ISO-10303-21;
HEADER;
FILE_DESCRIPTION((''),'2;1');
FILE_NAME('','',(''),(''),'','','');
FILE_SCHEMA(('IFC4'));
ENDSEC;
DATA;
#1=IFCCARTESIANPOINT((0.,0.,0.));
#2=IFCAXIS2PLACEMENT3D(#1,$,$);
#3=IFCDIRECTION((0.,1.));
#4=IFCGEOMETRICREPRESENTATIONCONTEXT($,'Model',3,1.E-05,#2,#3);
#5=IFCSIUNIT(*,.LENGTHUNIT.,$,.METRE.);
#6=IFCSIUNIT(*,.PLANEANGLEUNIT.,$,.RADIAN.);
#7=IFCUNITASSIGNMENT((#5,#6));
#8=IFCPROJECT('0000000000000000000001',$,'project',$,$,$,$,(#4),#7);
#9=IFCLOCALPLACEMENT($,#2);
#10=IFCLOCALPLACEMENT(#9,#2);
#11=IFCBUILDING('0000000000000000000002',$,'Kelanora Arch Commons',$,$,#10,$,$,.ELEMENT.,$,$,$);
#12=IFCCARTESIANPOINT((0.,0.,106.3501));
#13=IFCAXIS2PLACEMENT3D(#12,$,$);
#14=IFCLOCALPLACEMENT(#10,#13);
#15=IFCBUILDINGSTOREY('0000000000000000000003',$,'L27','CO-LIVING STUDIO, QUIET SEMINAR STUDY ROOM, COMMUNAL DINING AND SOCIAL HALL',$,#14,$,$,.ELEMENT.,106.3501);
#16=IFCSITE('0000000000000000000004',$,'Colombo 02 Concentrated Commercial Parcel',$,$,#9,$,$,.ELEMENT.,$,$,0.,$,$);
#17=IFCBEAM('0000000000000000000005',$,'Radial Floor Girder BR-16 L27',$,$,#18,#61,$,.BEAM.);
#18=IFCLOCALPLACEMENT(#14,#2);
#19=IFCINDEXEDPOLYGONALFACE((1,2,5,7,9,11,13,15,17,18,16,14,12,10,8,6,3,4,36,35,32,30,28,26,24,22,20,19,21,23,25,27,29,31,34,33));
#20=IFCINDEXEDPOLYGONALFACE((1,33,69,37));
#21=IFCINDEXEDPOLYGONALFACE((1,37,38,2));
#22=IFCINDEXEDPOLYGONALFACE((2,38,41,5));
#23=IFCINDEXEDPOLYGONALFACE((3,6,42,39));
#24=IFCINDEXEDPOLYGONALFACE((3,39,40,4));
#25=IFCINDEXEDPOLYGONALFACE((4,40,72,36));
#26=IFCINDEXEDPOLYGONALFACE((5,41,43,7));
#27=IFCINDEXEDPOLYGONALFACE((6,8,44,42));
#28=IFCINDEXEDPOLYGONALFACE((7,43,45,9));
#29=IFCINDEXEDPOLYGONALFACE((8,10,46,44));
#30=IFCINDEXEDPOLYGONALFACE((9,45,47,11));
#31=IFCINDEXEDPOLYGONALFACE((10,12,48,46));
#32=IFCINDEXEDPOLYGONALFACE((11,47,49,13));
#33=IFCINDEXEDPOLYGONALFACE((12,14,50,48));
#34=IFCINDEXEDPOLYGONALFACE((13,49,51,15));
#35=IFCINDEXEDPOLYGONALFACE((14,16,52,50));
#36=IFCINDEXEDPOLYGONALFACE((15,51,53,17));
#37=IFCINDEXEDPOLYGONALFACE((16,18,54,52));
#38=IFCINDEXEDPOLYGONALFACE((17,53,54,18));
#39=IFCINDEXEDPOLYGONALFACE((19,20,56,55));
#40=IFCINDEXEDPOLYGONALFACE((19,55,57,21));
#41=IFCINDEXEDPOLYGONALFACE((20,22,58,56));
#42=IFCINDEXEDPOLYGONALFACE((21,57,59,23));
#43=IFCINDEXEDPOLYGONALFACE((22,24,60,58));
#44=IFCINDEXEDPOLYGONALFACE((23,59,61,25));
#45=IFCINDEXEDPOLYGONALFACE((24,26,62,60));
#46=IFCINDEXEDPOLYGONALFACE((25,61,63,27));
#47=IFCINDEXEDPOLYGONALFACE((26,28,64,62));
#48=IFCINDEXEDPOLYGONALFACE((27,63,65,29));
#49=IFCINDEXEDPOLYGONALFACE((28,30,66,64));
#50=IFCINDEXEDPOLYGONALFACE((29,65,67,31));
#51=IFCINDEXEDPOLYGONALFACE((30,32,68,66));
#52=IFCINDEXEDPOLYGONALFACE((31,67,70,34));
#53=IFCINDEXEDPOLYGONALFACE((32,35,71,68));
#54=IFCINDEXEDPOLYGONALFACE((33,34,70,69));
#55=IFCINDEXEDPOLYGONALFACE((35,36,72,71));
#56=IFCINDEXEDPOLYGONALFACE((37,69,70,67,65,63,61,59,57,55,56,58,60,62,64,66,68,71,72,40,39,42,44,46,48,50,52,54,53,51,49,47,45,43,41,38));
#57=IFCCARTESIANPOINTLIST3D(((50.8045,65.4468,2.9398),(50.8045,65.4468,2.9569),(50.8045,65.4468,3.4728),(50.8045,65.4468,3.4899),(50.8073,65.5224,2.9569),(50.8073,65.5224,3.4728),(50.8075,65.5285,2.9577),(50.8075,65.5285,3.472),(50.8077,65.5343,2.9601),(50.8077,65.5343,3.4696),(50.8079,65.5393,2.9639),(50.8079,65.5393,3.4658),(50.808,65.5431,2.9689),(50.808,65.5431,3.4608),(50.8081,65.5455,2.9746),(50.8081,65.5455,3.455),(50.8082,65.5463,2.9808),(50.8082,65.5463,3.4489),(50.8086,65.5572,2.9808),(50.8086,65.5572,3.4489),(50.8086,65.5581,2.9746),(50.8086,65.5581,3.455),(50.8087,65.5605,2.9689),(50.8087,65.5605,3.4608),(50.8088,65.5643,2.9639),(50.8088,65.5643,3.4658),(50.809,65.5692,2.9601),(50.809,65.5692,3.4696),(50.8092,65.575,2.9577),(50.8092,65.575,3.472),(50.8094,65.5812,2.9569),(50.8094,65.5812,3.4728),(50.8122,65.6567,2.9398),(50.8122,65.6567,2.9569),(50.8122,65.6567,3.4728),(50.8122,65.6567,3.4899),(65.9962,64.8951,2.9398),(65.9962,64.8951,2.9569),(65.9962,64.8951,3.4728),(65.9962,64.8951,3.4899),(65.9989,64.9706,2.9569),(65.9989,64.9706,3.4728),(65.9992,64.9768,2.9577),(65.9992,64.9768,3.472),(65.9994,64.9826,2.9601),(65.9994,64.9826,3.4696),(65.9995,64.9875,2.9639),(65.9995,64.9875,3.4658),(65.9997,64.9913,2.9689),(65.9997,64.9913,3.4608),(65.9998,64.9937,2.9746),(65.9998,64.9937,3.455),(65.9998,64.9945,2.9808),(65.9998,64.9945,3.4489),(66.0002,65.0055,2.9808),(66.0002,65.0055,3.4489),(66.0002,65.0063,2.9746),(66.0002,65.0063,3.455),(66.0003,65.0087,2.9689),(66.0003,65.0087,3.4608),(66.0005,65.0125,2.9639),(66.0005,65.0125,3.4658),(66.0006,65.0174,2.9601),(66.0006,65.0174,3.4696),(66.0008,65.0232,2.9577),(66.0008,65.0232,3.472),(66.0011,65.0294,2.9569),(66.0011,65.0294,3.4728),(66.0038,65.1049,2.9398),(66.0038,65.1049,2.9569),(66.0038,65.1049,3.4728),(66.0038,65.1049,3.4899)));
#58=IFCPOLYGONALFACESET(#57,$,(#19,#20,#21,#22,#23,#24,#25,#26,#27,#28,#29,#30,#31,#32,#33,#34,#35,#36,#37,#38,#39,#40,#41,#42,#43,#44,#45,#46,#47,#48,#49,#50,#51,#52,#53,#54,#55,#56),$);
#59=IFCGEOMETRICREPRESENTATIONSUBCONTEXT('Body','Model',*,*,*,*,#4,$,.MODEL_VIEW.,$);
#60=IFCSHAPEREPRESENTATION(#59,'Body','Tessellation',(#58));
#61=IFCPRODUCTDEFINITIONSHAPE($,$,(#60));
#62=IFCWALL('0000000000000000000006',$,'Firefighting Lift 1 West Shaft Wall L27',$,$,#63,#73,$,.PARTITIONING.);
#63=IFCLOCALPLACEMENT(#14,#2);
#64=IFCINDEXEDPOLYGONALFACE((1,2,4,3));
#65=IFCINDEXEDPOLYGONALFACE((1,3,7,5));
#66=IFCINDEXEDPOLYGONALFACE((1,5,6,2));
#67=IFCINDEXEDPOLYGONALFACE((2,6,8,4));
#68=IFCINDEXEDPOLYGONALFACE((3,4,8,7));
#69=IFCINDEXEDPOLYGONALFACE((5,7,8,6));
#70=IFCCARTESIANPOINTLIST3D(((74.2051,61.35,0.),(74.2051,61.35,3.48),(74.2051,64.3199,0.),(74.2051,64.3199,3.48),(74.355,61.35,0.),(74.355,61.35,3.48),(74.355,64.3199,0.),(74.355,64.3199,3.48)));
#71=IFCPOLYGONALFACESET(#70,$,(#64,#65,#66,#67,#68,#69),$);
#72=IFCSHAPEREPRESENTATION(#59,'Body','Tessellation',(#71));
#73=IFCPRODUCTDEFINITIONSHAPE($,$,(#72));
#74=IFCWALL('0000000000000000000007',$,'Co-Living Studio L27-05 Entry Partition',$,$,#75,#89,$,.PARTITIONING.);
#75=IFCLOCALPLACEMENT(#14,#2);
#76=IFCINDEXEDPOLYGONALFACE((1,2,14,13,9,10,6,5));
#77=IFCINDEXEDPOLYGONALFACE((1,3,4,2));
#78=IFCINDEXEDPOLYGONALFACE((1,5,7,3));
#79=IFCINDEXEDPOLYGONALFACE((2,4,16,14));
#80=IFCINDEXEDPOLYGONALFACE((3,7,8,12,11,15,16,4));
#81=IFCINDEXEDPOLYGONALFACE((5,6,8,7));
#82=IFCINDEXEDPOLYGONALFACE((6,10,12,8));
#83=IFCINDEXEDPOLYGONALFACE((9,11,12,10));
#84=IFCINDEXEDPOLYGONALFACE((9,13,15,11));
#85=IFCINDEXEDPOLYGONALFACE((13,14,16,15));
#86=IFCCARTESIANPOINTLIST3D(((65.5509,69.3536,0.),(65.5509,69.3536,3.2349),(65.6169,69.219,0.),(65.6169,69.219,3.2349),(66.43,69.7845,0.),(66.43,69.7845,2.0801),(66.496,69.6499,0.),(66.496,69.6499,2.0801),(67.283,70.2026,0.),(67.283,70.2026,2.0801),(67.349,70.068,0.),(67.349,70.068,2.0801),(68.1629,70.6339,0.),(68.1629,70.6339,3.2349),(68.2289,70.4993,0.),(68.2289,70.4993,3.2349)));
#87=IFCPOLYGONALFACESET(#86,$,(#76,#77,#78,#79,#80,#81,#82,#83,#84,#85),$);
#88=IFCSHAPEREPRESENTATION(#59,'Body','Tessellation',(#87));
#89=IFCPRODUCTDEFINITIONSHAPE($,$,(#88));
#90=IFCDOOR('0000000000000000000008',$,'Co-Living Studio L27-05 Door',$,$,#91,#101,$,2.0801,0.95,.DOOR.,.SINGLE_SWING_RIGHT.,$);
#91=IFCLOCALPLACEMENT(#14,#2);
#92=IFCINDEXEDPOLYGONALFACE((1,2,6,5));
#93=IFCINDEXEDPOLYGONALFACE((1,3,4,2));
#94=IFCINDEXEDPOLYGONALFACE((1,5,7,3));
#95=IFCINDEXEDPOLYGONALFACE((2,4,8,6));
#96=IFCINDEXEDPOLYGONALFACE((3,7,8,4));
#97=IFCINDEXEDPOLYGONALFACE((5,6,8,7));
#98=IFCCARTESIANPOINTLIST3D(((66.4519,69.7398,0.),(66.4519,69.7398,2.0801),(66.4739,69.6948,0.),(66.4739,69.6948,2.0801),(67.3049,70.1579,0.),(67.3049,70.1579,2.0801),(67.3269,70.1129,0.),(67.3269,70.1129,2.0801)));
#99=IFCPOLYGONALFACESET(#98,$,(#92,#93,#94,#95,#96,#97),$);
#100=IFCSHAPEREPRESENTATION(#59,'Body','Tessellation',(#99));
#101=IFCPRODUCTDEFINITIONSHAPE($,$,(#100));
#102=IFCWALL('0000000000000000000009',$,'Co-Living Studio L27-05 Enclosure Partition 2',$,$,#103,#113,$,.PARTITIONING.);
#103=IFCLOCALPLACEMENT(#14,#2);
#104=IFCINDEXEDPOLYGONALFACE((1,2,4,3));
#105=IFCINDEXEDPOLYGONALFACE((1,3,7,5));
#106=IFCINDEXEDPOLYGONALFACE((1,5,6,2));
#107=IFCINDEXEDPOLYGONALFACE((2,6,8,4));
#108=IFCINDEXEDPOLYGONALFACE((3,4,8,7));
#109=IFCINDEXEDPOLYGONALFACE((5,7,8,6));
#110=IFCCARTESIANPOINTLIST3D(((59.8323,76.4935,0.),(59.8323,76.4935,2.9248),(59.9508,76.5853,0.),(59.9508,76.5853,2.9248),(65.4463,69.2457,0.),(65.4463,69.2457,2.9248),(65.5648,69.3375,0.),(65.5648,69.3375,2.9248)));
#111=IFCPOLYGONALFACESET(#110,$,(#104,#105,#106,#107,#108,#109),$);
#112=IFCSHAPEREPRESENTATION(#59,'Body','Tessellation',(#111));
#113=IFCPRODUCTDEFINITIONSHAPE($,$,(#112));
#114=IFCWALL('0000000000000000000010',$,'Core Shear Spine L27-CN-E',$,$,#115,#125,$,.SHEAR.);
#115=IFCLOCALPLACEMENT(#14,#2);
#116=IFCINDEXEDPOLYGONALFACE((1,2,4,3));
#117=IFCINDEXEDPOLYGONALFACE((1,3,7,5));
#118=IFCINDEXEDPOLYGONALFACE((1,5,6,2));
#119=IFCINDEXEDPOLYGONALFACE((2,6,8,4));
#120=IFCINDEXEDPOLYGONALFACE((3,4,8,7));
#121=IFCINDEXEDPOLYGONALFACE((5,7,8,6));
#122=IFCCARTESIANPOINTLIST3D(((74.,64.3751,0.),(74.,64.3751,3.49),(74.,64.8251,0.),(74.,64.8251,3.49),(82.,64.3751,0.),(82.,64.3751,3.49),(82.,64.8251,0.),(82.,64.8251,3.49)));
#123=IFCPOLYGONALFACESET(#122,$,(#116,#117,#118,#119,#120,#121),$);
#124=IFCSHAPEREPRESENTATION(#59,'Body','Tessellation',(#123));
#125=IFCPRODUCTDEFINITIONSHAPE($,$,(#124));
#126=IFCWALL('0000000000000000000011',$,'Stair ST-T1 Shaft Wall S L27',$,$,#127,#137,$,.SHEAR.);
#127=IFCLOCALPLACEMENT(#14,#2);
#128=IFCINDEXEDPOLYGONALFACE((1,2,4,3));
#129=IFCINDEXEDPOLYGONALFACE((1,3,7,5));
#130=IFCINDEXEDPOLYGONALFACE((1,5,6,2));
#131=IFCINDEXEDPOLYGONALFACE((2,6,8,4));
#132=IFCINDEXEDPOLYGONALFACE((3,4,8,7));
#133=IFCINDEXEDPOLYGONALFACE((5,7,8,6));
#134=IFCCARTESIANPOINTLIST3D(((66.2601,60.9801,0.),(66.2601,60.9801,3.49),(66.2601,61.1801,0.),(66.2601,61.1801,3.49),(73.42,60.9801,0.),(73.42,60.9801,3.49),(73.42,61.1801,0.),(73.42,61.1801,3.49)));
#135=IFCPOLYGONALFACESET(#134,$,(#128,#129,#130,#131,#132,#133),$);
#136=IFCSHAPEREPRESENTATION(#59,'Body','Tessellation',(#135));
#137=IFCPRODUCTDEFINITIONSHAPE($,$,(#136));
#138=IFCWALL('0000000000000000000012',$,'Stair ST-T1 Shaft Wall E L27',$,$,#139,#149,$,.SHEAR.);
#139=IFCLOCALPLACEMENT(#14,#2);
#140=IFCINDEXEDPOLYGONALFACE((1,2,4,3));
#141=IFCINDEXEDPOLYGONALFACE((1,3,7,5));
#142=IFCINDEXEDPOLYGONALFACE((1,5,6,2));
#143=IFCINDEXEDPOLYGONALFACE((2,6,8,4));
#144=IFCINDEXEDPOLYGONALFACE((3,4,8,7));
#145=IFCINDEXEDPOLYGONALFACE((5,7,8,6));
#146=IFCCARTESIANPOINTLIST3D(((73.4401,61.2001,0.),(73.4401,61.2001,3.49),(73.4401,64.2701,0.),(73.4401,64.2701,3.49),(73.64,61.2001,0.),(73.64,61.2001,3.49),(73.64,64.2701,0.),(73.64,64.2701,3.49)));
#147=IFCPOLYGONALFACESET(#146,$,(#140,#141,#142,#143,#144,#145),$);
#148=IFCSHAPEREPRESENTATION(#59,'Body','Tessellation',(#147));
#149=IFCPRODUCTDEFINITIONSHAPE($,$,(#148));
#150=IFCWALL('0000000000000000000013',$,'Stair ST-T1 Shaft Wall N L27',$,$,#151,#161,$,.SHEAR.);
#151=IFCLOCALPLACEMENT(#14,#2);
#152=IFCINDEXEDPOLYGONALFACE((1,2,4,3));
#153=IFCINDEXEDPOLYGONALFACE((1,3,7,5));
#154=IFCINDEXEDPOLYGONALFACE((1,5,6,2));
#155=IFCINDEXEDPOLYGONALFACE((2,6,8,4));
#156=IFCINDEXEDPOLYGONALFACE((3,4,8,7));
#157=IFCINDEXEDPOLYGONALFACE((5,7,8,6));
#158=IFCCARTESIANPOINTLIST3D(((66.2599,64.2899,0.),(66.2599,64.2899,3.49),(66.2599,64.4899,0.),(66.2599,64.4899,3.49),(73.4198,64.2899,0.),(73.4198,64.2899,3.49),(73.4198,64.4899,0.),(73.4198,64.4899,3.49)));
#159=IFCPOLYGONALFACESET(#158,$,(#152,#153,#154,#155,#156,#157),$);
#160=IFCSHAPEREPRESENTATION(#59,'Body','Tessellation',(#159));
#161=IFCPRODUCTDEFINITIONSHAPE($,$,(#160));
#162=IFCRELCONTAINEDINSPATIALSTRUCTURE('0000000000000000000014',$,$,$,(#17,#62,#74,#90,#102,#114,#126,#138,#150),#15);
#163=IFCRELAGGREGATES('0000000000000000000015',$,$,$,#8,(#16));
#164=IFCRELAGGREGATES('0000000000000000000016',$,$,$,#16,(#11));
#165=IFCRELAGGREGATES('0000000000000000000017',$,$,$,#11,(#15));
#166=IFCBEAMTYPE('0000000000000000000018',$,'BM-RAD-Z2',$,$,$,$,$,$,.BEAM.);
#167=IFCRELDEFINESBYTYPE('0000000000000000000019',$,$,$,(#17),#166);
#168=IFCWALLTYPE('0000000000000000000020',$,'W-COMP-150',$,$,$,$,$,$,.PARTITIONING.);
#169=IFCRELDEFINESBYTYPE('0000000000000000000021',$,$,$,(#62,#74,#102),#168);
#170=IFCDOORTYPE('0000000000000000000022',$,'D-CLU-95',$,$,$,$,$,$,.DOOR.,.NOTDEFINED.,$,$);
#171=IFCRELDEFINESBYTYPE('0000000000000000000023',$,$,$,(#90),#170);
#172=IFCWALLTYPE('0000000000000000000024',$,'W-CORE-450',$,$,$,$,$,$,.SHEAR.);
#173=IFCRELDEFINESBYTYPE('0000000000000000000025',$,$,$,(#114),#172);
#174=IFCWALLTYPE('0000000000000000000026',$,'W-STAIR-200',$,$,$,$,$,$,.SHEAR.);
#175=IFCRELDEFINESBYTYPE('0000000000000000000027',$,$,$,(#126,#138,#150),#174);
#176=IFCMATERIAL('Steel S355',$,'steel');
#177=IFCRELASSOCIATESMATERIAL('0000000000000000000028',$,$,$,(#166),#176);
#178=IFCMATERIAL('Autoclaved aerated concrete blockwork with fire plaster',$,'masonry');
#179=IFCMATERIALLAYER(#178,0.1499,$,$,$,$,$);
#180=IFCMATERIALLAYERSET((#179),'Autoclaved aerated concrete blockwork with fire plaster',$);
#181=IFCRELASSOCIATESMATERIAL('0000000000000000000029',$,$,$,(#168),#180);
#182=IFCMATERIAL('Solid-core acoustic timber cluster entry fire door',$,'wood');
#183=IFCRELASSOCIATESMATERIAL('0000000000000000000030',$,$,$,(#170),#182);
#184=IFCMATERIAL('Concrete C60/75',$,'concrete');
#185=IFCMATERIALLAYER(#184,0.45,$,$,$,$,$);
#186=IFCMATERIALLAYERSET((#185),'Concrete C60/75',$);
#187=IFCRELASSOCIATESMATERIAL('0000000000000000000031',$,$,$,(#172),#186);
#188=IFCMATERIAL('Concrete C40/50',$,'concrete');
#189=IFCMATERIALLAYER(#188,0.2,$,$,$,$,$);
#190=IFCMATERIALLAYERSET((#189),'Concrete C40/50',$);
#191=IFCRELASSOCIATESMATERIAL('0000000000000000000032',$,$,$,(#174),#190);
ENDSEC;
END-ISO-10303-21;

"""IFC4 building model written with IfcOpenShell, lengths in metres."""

from ifc_helpers import new_model, si_unit, direction, frame, frame_2d, origin, origin_2d, place, context, subcontext, project, spatial, rectangle, i_section, extrude, material, layer, layer_set, material_profile, profile_set, type_object, element, fill, save


model = new_model("IFC4")

# Units and contexts
model_context = context("Model", 3, precision=1e-05, world=origin(), true_north=direction((0.0, 1.0)))
body_context = subcontext(model_context, "Body", "Model", "MODEL_VIEW")
ifc_project = project(units=[si_unit("LENGTHUNIT", "METRE"), si_unit("PLANEANGLEUNIT", "RADIAN")], contexts=[model_context])

# Site, building, storey
site_placement = place(None, origin())
site = spatial("IfcSite", under=ifc_project, at=site_placement, Name="Colombo 02 Concentrated Commercial Parcel", CompositionType="ELEMENT", RefElevation=0.0)
building_placement = place(site_placement, origin())
building = spatial("IfcBuilding", under=site, at=building_placement, Name="Kelanora Arch Commons", CompositionType="ELEMENT")
storey_placement = place(building_placement, frame((0.0, 0.0, 106.3501)))
storey = spatial("IfcBuildingStorey", under=building, at=storey_placement, Name="L27", Description="CO-LIVING STUDIO, QUIET SEMINAR STUDY ROOM, COMMUNAL DINING AND SOCIAL HALL", CompositionType="ELEMENT", Elevation=106.3501)

# Shared definitions
ifc_material_1 = material(Name="Concrete C60/75", Category="concrete")

# Beam
ifc_material_2 = material(Name="Steel S355", Category="steel")
ifc_material_profile_1 = material_profile(ifc_material_2, i_section(OverallWidth=0.21, OverallDepth=0.55, WebThickness=0.011, FlangeThickness=0.0171, FilletRadius=0.0239, at=origin_2d()), Name="IPE550")
ifc_profile_set_1 = profile_set([ifc_material_profile_1], Name="Steel S355")
beam_type_1 = type_object("IfcBeamType", Name="BM-RAD-Z2", PredefinedType="BEAM", material=ifc_profile_set_1)
beam_1_placement = place(storey_placement, frame((66.0, 65.0, 3.2148), z_axis=(-0.999341, 0.036296, 0.0), x_axis=(-0.036296, -0.999341, 0.0)))
element("IfcBeam", 1, at=beam_1_placement, inside=storey, type_object=beam_type_1, Name="Radial Floor Girder BR-16 L27", PredefinedType="BEAM", context=body_context, shape_type="SweptSolid", body=[
    extrude(i_section(OverallWidth=0.21, OverallDepth=0.55, WebThickness=0.011, FlangeThickness=0.0171, FilletRadius=0.0239, at=origin_2d()), origin(), (0.0, 0.0, 1.0), 15.2017),
])

# Wall
ifc_material_3 = material(Name="Autoclaved aerated concrete blockwork with fire plaster", Category="masonry")
ifc_layer_1 = layer(ifc_material_3, 0.1499)
ifc_layer_set_1 = layer_set([ifc_layer_1], Name="Autoclaved aerated concrete blockwork with fire plaster")
wall_type_1 = type_object("IfcWallType", Name="W-COMP-150", PredefinedType="PARTITIONING", material=ifc_layer_set_1)
wall_1_placement = place(storey_placement, frame((74.28, 61.3501, 0.0), z_axis=(0.0, 0.0, 1.0), x_axis=(0.0, 1.0, 0.0)))
element("IfcWall", 2, at=wall_1_placement, inside=storey, type_object=wall_type_1, Name="Firefighting Lift 1 West Shaft Wall L27", PredefinedType="PARTITIONING", context=body_context, shape_type="SweptSolid", body=[
    extrude(rectangle(XDim=2.97, YDim=0.1499, at=frame_2d((1.4849, 0.0))), origin(), (0.0, 0.0, 1.0), 3.48),
])

# Wall, opening, door
wall_2_placement = place(storey_placement, frame((68.196, 70.5667, 0.0), z_axis=(0.0, 0.0, 1.0), x_axis=(-0.897941, -0.440116, 0.0)))
wall_2 = element("IfcWall", 3, at=wall_2_placement, inside=storey, type_object=wall_type_1, Name="Co-Living Studio L27-05 Entry Partition", PredefinedType="PARTITIONING", context=body_context, shape_type="SweptSolid", body=[
    extrude(rectangle(XDim=2.9089, YDim=0.1499, at=frame_2d((1.4546, 0.0))), origin(), (0.0, 0.0, 1.0), 3.2349),
])
opening_1_placement = place(wall_2_placement, frame((0.98, 0.0, 0.0)))
opening_1 = element("IfcOpeningElement", 4, at=opening_1_placement, cuts=wall_2, PredefinedType="OPENING", context=body_context, shape_type="SweptSolid", body=[
    extrude(rectangle(XDim=0.95, YDim=2.0801, at=frame_2d((0.4751, 1.04))), frame((0.0, 0.085, 0.0), z_axis=(0.0, -1.0, 0.0), x_axis=(1.0, 0.0, 0.0)), (0.0, 0.0, 1.0), 0.1699),
])
ifc_material_4 = material(Name="Solid-core acoustic timber cluster entry fire door", Category="wood")
door_type_1 = type_object("IfcDoorType", Name="D-CLU-95", OperationType="NOTDEFINED", PredefinedType="DOOR", material=ifc_material_4)
door_1_placement = place(opening_1_placement, origin())
door_1 = element("IfcDoor", 5, at=door_1_placement, inside=storey, type_object=door_type_1, Name="Co-Living Studio L27-05 Door", OperationType="SINGLE_SWING_RIGHT", OverallHeight=2.0801, OverallWidth=0.95, PredefinedType="DOOR", context=body_context, shape_type="SweptSolid", body=[
    extrude(rectangle(XDim=0.95, YDim=2.0801, at=frame_2d((0.4751, 1.04))), frame((0.0, 0.0249, 0.0), z_axis=(0.0, -1.0, 0.0), x_axis=(1.0, 0.0, 0.0)), (0.0, 0.0, 1.0), 0.05),
])
fill(opening_1, door_1)

# Walls
wall_3_placement = place(storey_placement, frame((65.5056, 69.2915, 0.0), z_axis=(0.0, 0.0, 1.0), x_axis=(-0.612365, 0.790575, 0.0)))
element("IfcWall", 6, at=wall_3_placement, inside=storey, type_object=wall_type_1, Name="Co-Living Studio L27-05 Enclosure Partition 2", PredefinedType="PARTITIONING", context=body_context, shape_type="SweptSolid", body=[
    extrude(rectangle(XDim=9.1677, YDim=0.1499, at=frame_2d((4.584, 0.0))), origin(), (0.0, 0.0, 1.0), 2.9248),
])
ifc_layer_2 = layer(ifc_material_1, 0.45)
ifc_layer_set_2 = layer_set([ifc_layer_2], Name="Concrete C60/75")
wall_type_2 = type_object("IfcWallType", Name="W-CORE-450", PredefinedType="SHEAR", material=ifc_layer_set_2)
wall_4_placement = place(storey_placement, frame((74.0, 64.6001, 0.0), z_axis=(0.0, 0.0, 1.0), x_axis=(1.0, 0.0, 0.0)))
element("IfcWall", 7, at=wall_4_placement, inside=storey, type_object=wall_type_2, Name="Core Shear Spine L27-CN-E", PredefinedType="SHEAR", context=body_context, shape_type="SweptSolid", body=[
    extrude(rectangle(XDim=8.0, YDim=0.45, at=frame_2d((4.0, 0.0))), origin(), (0.0, 0.0, 1.0), 3.49),
])

# Shared definitions
ifc_material_5 = material(Name="Concrete C40/50", Category="concrete")

# Walls
ifc_layer_3 = layer(ifc_material_5, 0.2)
ifc_layer_set_3 = layer_set([ifc_layer_3], Name="Concrete C40/50")
wall_type_3 = type_object("IfcWallType", Name="W-STAIR-200", PredefinedType="SHEAR", material=ifc_layer_set_3)
wall_5_placement = place(storey_placement, frame((66.26, 61.0801, 0.0), z_axis=(0.0, 0.0, 1.0), x_axis=(1.0, 0.0, 0.0)))
element("IfcWall", 8, at=wall_5_placement, inside=storey, type_object=wall_type_3, Name="Stair ST-T1 Shaft Wall S L27", PredefinedType="SHEAR", context=body_context, shape_type="SweptSolid", body=[
    extrude(rectangle(XDim=7.1599, YDim=0.2, at=frame_2d((3.5801, 0.0))), origin(), (0.0, 0.0, 1.0), 3.49),
])
wall_6_placement = place(storey_placement, frame((73.54, 61.2, 0.0), z_axis=(0.0, 0.0, 1.0), x_axis=(0.0, 1.0, 0.0)))
element("IfcWall", 9, at=wall_6_placement, inside=storey, type_object=wall_type_3, Name="Stair ST-T1 Shaft Wall E L27", PredefinedType="SHEAR", context=body_context, shape_type="SweptSolid", body=[
    extrude(rectangle(XDim=3.0701, YDim=0.2, at=frame_2d((1.5352, 0.0))), origin(), (0.0, 0.0, 1.0), 3.49),
])
wall_7_placement = place(storey_placement, frame((73.4199, 64.3899, 0.0), z_axis=(0.0, 0.0, 1.0), x_axis=(-1.0, 0.0, 0.0)))
element("IfcWall", 10, at=wall_7_placement, inside=storey, type_object=wall_type_3, Name="Stair ST-T1 Shaft Wall N L27", PredefinedType="SHEAR", context=body_context, shape_type="SweptSolid", body=[
    extrude(rectangle(XDim=7.1599, YDim=0.2, at=frame_2d((3.5801, 0.0))), origin(), (0.0, 0.0, 1.0), 3.49),
])

save(model, "model.ifc")
